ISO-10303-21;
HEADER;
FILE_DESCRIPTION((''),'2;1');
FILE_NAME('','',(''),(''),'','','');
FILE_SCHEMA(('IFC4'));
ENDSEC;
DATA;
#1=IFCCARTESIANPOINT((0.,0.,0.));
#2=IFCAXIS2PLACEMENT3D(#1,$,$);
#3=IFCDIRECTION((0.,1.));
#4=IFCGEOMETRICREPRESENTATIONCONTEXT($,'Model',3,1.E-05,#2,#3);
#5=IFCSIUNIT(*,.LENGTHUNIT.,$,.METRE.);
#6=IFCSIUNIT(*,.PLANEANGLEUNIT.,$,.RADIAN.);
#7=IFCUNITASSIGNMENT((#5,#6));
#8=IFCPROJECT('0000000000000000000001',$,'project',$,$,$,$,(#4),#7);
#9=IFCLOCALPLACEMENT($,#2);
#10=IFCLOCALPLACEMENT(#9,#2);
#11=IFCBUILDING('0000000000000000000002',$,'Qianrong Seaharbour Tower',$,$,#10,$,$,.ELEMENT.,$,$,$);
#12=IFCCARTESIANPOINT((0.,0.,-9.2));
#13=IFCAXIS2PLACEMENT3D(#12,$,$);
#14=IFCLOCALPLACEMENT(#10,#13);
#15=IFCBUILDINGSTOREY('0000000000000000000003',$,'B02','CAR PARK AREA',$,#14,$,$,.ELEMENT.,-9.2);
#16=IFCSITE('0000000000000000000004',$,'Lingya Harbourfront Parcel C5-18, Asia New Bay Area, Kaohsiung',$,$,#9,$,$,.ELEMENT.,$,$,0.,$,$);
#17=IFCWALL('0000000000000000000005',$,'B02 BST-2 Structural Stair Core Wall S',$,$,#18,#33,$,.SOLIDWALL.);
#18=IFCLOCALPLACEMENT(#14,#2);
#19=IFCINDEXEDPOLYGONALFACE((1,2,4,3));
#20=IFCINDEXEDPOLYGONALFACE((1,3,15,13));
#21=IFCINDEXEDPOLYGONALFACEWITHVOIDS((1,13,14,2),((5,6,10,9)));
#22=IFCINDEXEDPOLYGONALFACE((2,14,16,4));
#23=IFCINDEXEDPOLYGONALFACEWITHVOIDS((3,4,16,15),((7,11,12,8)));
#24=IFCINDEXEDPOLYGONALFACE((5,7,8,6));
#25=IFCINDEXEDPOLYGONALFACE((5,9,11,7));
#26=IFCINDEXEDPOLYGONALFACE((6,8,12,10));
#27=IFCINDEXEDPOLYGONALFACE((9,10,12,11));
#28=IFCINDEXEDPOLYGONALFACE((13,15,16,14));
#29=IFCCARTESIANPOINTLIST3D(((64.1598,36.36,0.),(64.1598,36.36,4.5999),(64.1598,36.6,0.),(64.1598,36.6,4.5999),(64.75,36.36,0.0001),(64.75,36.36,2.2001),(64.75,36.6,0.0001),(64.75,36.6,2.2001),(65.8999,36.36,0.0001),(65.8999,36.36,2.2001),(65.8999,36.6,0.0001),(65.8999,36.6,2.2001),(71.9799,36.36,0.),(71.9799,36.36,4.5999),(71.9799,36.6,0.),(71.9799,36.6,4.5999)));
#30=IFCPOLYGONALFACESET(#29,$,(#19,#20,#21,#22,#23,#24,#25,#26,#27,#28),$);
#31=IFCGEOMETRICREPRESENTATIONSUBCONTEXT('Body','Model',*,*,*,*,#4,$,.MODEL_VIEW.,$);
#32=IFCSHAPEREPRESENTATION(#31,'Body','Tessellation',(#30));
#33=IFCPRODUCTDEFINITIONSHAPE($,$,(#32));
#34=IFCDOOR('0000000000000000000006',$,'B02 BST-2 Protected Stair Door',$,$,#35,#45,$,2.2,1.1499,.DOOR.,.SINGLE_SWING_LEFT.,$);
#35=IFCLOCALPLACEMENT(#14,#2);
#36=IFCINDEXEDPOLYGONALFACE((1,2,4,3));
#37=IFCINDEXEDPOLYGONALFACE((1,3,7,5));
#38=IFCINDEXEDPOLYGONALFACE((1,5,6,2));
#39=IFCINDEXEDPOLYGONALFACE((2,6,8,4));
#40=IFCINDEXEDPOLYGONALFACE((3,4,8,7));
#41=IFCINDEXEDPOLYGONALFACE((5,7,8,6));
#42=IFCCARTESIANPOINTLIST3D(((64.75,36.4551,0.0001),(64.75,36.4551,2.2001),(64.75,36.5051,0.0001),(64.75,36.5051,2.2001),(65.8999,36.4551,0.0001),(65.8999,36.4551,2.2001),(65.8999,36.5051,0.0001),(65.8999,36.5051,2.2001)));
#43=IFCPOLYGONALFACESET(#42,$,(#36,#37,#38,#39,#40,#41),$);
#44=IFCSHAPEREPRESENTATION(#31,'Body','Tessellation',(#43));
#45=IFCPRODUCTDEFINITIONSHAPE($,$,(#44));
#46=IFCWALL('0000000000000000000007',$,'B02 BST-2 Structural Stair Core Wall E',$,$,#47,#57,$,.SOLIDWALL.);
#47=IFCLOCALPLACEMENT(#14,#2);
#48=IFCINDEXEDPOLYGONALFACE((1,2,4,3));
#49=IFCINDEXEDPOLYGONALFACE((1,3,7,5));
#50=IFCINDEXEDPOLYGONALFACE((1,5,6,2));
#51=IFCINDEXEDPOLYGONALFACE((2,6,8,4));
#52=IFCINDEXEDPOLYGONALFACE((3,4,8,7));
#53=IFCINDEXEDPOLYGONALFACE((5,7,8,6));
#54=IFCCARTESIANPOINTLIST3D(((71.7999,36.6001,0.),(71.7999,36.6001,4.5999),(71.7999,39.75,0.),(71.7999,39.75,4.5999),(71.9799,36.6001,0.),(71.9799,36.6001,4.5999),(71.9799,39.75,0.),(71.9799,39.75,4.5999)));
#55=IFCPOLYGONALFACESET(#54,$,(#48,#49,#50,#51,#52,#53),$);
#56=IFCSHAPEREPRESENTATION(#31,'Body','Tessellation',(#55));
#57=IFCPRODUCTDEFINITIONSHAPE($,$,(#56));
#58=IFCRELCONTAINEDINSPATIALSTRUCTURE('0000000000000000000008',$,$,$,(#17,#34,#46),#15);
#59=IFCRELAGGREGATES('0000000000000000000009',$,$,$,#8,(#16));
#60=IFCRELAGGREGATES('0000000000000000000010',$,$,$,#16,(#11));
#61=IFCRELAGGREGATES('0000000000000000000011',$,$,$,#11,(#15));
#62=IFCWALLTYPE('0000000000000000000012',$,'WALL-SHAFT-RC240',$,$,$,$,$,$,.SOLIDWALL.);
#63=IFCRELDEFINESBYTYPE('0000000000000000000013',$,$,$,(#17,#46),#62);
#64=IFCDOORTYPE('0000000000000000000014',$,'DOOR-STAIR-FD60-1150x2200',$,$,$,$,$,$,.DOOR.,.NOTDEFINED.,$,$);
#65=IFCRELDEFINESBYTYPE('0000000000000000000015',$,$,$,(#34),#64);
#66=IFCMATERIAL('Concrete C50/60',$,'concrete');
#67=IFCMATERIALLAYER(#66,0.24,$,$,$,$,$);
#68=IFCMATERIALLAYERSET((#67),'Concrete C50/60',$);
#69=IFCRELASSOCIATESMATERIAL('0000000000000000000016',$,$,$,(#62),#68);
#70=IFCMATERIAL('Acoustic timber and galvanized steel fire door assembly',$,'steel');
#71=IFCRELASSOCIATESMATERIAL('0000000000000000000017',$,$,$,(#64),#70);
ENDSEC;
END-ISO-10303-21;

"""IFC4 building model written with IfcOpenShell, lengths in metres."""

from ifc_helpers import new_model, si_unit, direction, frame, frame_2d, origin, place, context, subcontext, project, spatial, rectangle, extrude, material, layer, layer_set, type_object, element, fill, save


model = new_model("IFC4")

# Units and contexts
model_context = context("Model", 3, precision=1e-05, world=origin(), true_north=direction((0.0, 1.0)))
body_context = subcontext(model_context, "Body", "Model", "MODEL_VIEW")
ifc_project = project(units=[si_unit("LENGTHUNIT", "METRE"), si_unit("PLANEANGLEUNIT", "RADIAN")], contexts=[model_context])

# Site, building, storey
site_placement = place(None, origin())
site = spatial("IfcSite", under=ifc_project, at=site_placement, Name="Lingya Harbourfront Parcel C5-18, Asia New Bay Area, Kaohsiung", CompositionType="ELEMENT", RefElevation=0.0)
building_placement = place(site_placement, origin())
building = spatial("IfcBuilding", under=site, at=building_placement, Name="Qianrong Seaharbour Tower", CompositionType="ELEMENT")
storey_placement = place(building_placement, frame((0.0, 0.0, -9.2)))
storey = spatial("IfcBuildingStorey", under=building, at=storey_placement, Name="B02", Description="CAR PARK AREA", CompositionType="ELEMENT", Elevation=-9.2)

# Shared definitions
ifc_material_1 = material(Name="Concrete C50/60", Category="concrete")

# Shared definitions
ifc_material_2 = material(Name="Acoustic timber and galvanized steel fire door assembly", Category="steel")

# Wall, opening, door
ifc_layer_1 = layer(ifc_material_1, 0.24)
ifc_layer_set_1 = layer_set([ifc_layer_1], Name="Concrete C50/60")
wall_type_1 = type_object("IfcWallType", Name="WALL-SHAFT-RC240", PredefinedType="SOLIDWALL", material=ifc_layer_set_1)
wall_1_placement = place(storey_placement, frame((71.98, 36.48, 0.0), z_axis=(0.0, 0.0, 1.0), x_axis=(-1.0, 0.0, 0.0)))
wall_1 = element("IfcWall", 1, at=wall_1_placement, inside=storey, type_object=wall_type_1, Name="B02 BST-2 Structural Stair Core Wall S", PredefinedType="SOLIDWALL", context=body_context, shape_type="SweptSolid", body=[
    extrude(rectangle(XDim=7.8201, YDim=0.24, at=frame_2d((3.9102, 0.0))), origin(), (0.0, 0.0, 1.0), 4.5999),
])
opening_1_placement = place(wall_1_placement, frame((6.0801, 0.0, 0.0)))
opening_1 = element("IfcOpeningElement", 2, at=opening_1_placement, cuts=wall_1, PredefinedType="OPENING", context=body_context, shape_type="SweptSolid", body=[
    extrude(rectangle(XDim=1.1499, YDim=2.2, at=frame_2d((0.575, 1.1001))), frame((0.0, 0.1299, 0.0), z_axis=(0.0, -1.0, 0.0), x_axis=(1.0, 0.0, 0.0)), (0.0, 0.0, 1.0), 0.26),
])
door_type_1 = type_object("IfcDoorType", Name="DOOR-STAIR-FD60-1150x2200", OperationType="NOTDEFINED", PredefinedType="DOOR", material=ifc_material_2)
door_1_placement = place(opening_1_placement, origin())
door_1 = element("IfcDoor", 3, at=door_1_placement, inside=storey, type_object=door_type_1, Name="B02 BST-2 Protected Stair Door", OperationType="SINGLE_SWING_LEFT", OverallHeight=2.2, OverallWidth=1.1499, PredefinedType="DOOR", context=body_context, shape_type="SweptSolid", body=[
    extrude(rectangle(XDim=1.1499, YDim=2.2, at=frame_2d((0.575, 1.1001))), frame((0.0, 0.0249, 0.0), z_axis=(0.0, -1.0, 0.0), x_axis=(1.0, 0.0, 0.0)), (0.0, 0.0, 1.0), 0.05),
])
fill(opening_1, door_1)

# Wall
wall_2_placement = place(storey_placement, frame((71.8899, 36.6001, 0.0), z_axis=(0.0, 0.0, 1.0), x_axis=(0.0, 1.0, 0.0)))
element("IfcWall", 4, at=wall_2_placement, inside=storey, type_object=wall_type_1, Name="B02 BST-2 Structural Stair Core Wall E", PredefinedType="SOLIDWALL", context=body_context, shape_type="SweptSolid", body=[
    extrude(rectangle(XDim=3.1499, YDim=0.1799, at=frame_2d((1.575, 0.0))), origin(), (0.0, 0.0, 1.0), 4.5999),
])

save(model, "model.ifc")
